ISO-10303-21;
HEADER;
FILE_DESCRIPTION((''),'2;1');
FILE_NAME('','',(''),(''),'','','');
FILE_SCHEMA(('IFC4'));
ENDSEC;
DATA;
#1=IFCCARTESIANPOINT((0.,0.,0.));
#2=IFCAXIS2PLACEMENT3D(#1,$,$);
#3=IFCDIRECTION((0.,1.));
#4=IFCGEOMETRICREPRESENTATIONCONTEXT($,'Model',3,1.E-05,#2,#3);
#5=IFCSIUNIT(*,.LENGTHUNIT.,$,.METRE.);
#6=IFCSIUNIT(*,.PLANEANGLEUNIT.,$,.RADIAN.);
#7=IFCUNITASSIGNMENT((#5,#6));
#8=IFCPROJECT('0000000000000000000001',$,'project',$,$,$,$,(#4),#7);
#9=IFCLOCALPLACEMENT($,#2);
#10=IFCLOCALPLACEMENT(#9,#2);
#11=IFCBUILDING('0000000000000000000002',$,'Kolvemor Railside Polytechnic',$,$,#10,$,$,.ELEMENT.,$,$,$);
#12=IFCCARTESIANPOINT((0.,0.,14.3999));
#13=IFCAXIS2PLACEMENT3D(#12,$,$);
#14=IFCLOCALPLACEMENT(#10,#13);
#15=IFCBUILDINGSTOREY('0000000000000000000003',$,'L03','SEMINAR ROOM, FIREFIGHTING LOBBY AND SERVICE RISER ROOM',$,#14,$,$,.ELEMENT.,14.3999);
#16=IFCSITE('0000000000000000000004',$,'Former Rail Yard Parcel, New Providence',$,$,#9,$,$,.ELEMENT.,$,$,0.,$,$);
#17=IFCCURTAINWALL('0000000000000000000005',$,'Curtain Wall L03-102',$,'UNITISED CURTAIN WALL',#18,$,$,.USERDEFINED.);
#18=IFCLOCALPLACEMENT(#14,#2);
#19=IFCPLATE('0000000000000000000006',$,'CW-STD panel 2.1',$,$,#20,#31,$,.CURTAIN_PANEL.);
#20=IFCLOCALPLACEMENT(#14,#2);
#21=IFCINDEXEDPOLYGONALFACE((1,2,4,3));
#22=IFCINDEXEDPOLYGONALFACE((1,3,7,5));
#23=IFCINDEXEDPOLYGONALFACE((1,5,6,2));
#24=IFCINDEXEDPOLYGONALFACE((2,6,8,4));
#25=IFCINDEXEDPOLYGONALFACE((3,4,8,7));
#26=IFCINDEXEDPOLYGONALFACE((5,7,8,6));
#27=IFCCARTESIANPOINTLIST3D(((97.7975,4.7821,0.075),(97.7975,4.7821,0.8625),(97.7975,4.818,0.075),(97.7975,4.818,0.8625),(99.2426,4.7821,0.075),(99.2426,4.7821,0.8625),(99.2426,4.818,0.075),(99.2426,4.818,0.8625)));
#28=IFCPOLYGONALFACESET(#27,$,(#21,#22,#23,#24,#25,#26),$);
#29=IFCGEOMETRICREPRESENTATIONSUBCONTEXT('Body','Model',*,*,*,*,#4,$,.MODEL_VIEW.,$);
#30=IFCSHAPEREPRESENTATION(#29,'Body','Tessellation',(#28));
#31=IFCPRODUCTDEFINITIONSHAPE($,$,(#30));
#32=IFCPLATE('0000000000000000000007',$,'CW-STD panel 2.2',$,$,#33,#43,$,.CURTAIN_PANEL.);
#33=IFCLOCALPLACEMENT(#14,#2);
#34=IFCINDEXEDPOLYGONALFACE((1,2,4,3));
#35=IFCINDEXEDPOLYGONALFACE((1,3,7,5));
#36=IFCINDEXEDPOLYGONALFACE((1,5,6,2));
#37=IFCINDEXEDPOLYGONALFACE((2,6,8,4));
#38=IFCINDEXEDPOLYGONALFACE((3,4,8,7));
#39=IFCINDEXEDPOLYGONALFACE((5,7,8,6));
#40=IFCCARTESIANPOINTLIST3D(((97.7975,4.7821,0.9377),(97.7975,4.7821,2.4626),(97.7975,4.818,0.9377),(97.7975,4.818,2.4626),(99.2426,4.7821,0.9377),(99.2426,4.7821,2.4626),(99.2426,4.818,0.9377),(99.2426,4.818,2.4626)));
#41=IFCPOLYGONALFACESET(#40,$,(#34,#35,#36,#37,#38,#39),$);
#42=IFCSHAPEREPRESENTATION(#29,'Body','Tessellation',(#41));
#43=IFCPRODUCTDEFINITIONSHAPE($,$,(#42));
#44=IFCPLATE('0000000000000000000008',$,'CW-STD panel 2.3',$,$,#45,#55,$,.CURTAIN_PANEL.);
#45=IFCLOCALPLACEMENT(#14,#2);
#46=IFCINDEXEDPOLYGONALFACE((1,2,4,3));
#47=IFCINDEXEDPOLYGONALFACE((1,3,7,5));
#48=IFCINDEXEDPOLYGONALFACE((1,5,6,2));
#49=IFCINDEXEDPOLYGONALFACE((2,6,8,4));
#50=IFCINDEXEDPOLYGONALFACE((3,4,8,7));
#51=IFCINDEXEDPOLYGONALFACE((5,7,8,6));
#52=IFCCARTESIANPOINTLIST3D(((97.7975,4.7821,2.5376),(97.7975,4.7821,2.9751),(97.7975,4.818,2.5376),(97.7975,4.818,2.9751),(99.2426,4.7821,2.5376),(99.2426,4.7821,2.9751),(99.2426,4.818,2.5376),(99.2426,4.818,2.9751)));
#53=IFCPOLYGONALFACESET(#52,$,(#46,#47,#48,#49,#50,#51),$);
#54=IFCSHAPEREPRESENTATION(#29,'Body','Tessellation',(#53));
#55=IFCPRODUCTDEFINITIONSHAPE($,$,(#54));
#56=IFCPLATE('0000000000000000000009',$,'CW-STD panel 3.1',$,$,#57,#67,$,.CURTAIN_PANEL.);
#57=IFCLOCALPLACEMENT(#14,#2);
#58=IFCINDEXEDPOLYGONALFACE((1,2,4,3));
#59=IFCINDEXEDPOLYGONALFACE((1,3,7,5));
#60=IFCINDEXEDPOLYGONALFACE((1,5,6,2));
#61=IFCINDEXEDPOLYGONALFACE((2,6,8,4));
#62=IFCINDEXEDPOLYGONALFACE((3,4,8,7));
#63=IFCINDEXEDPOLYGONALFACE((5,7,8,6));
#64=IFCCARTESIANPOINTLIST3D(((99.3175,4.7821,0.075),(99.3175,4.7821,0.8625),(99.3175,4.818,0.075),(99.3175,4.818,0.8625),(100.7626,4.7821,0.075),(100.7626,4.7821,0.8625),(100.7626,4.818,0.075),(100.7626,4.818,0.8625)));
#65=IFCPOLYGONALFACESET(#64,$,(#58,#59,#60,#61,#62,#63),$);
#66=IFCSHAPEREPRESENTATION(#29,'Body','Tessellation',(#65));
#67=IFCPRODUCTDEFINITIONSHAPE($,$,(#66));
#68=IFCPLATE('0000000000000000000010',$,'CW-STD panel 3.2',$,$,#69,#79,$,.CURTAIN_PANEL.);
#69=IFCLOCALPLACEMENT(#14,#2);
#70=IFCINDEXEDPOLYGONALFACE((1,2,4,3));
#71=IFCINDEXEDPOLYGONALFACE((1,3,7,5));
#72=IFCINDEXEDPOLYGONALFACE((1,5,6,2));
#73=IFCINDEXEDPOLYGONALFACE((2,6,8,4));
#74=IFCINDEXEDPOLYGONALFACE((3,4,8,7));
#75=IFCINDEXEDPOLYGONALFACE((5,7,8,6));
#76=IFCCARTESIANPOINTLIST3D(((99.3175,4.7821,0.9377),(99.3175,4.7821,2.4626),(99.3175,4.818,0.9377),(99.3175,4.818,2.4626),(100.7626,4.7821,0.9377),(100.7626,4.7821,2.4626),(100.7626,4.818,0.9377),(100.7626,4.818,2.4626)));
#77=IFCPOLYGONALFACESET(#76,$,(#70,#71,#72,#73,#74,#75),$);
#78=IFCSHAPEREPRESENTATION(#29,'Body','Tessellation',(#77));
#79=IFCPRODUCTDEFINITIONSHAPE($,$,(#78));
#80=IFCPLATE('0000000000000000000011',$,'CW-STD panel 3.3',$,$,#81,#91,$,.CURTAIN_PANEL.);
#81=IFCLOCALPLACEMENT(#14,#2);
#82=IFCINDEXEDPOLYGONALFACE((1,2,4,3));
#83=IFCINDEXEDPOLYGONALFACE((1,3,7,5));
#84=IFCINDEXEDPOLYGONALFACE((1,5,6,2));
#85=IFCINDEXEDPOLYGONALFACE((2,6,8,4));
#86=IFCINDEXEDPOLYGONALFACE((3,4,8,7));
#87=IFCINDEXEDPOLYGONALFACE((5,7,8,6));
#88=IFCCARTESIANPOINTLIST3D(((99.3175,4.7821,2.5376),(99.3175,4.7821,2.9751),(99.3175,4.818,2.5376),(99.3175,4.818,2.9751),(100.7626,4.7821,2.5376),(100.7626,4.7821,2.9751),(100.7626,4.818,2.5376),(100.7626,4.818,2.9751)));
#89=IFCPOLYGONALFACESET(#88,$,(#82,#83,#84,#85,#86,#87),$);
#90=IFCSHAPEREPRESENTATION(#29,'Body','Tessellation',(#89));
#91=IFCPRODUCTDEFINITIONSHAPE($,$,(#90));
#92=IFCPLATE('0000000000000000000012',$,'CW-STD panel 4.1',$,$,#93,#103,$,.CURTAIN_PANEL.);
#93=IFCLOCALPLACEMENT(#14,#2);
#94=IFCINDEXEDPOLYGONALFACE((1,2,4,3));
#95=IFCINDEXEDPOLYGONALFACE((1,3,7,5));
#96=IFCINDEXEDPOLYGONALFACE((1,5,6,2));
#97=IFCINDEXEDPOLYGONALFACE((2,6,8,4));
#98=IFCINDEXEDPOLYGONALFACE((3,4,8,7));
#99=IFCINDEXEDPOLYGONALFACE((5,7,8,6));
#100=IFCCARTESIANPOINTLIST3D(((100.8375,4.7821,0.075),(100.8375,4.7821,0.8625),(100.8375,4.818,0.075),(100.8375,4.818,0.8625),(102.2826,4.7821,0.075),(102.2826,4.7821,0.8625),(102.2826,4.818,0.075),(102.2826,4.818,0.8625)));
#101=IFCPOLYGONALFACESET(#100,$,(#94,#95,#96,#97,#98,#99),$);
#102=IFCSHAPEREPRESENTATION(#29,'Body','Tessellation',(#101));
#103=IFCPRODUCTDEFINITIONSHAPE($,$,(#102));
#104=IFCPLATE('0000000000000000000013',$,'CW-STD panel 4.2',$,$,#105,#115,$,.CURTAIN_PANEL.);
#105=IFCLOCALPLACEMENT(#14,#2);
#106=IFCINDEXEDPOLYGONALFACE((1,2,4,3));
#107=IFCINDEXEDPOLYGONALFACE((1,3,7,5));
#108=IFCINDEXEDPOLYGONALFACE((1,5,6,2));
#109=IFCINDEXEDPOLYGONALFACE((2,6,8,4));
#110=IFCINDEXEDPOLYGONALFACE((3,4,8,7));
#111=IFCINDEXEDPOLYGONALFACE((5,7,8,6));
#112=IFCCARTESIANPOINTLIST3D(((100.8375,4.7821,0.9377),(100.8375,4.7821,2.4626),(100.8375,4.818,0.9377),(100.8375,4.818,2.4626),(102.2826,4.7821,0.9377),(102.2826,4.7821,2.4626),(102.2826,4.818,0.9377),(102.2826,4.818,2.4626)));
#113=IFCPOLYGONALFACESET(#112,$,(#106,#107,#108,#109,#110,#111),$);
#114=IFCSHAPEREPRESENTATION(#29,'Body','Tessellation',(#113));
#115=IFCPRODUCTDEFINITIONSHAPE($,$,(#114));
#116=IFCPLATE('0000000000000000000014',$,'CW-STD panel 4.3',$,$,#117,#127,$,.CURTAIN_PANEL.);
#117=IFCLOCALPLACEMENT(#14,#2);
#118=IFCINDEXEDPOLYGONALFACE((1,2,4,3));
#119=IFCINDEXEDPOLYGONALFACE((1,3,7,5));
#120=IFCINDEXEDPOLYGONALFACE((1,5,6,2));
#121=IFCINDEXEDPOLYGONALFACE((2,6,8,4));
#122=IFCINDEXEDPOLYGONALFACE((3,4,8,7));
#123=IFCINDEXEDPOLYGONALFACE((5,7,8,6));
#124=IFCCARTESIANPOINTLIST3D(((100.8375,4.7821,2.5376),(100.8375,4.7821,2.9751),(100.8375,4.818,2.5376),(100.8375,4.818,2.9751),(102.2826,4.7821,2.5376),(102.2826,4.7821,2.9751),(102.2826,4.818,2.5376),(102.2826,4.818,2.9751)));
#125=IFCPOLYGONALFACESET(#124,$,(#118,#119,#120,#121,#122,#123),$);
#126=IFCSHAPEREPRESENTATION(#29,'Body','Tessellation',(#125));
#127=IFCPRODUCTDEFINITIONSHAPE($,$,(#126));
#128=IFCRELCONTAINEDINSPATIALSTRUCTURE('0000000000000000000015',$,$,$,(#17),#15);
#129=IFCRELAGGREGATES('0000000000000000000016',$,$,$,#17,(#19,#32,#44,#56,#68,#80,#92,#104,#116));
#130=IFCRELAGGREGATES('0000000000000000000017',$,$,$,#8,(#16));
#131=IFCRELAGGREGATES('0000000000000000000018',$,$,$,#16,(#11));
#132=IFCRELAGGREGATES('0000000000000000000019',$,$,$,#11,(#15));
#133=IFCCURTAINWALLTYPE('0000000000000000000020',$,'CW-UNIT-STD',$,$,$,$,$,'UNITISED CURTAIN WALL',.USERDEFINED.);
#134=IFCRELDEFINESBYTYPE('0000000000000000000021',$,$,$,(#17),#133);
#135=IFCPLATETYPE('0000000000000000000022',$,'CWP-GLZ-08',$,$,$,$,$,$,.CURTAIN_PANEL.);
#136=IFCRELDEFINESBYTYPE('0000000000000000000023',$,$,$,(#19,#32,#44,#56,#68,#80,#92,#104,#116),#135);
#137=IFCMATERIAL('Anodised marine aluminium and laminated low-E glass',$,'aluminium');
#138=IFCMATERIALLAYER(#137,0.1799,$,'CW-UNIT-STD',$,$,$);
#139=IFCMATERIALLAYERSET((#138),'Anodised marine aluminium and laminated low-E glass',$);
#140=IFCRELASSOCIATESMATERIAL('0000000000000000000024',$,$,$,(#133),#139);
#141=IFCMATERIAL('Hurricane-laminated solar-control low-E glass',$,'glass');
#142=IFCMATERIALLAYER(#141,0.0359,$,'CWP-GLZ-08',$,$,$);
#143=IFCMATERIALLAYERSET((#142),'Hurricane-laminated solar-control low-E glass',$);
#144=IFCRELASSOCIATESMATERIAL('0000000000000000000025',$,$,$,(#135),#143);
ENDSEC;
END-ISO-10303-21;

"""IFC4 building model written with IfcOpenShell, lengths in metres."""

from ifc_helpers import new_model, si_unit, direction, frame, origin, origin_2d, place, context, subcontext, project, spatial, rectangle, extrude, material, layer, layer_set, type_object, element, aggregate, save


model = new_model("IFC4")

# Units and contexts
model_context = context("Model", 3, precision=1e-05, world=origin(), true_north=direction((0.0, 1.0)))
body_context = subcontext(model_context, "Body", "Model", "MODEL_VIEW")
ifc_project = project(units=[si_unit("LENGTHUNIT", "METRE"), si_unit("PLANEANGLEUNIT", "RADIAN")], contexts=[model_context])

# Site, building, storey
site_placement = place(None, origin())
site = spatial("IfcSite", under=ifc_project, at=site_placement, Name="Former Rail Yard Parcel, New Providence", CompositionType="ELEMENT", RefElevation=0.0)
building_placement = place(site_placement, origin())
building = spatial("IfcBuilding", under=site, at=building_placement, Name="Kolvemor Railside Polytechnic", CompositionType="ELEMENT")
storey_placement = place(building_placement, frame((0.0, 0.0, 14.3999)))
storey = spatial("IfcBuildingStorey", under=building, at=storey_placement, Name="L03", Description="SEMINAR ROOM, FIREFIGHTING LOBBY AND SERVICE RISER ROOM", CompositionType="ELEMENT", Elevation=14.3999)

# Curtain wall, plates
ifc_material_1 = material(Name="Anodised marine aluminium and laminated low-E glass", Category="aluminium")
ifc_layer_1 = layer(ifc_material_1, 0.1799, Name="CW-UNIT-STD")
ifc_layer_set_1 = layer_set([ifc_layer_1], Name="Anodised marine aluminium and laminated low-E glass")
curtain_wall_type = type_object("IfcCurtainWallType", Name="CW-UNIT-STD", ElementType="UNITISED CURTAIN WALL", PredefinedType="USERDEFINED", material=ifc_layer_set_1)
curtain_wall_placement = place(storey_placement, origin())
curtain_wall = element("IfcCurtainWall", 1, at=curtain_wall_placement, inside=storey, type_object=curtain_wall_type, Name="Curtain Wall L03-102", ObjectType="UNITISED CURTAIN WALL", PredefinedType="USERDEFINED")
ifc_material_2 = material(Name="Hurricane-laminated solar-control low-E glass", Category="glass")
ifc_layer_2 = layer(ifc_material_2, 0.0359, Name="CWP-GLZ-08")
ifc_layer_set_2 = layer_set([ifc_layer_2], Name="Hurricane-laminated solar-control low-E glass")
plate_type = type_object("IfcPlateType", Name="CWP-GLZ-08", PredefinedType="CURTAIN_PANEL", material=ifc_layer_set_2)
plate_1_placement = place(storey_placement, frame((98.52, 4.8, 0.075), z_axis=(0.0, 0.0, 1.0), x_axis=(1.0, 0.0, 0.0)))
plate_1 = element("IfcPlate", 2, at=plate_1_placement, type_object=plate_type, Name="CW-STD panel 2.1", PredefinedType="CURTAIN_PANEL", context=body_context, shape_type="SweptSolid", body=[
    extrude(rectangle(XDim=1.4451, YDim=0.0359, at=origin_2d()), origin(), (0.0, 0.0, 1.0), 0.7876),
])
plate_2_placement = place(storey_placement, frame((98.52, 4.8, 0.9377), z_axis=(0.0, 0.0, 1.0), x_axis=(1.0, 0.0, 0.0)))
plate_2 = element("IfcPlate", 3, at=plate_2_placement, type_object=plate_type, Name="CW-STD panel 2.2", PredefinedType="CURTAIN_PANEL", context=body_context, shape_type="SweptSolid", body=[
    extrude(rectangle(XDim=1.4451, YDim=0.0359, at=origin_2d()), origin(), (0.0, 0.0, 1.0), 1.5249),
])
plate_3_placement = place(storey_placement, frame((98.52, 4.8, 2.5376), z_axis=(0.0, 0.0, 1.0), x_axis=(1.0, 0.0, 0.0)))
plate_3 = element("IfcPlate", 4, at=plate_3_placement, type_object=plate_type, Name="CW-STD panel 2.3", PredefinedType="CURTAIN_PANEL", context=body_context, shape_type="SweptSolid", body=[
    extrude(rectangle(XDim=1.4451, YDim=0.0359, at=origin_2d()), origin(), (0.0, 0.0, 1.0), 0.4375),
])
plate_4_placement = place(storey_placement, frame((100.04, 4.8, 0.075), z_axis=(0.0, 0.0, 1.0), x_axis=(1.0, 0.0, 0.0)))
plate_4 = element("IfcPlate", 5, at=plate_4_placement, type_object=plate_type, Name="CW-STD panel 3.1", PredefinedType="CURTAIN_PANEL", context=body_context, shape_type="SweptSolid", body=[
    extrude(rectangle(XDim=1.4451, YDim=0.0359, at=origin_2d()), origin(), (0.0, 0.0, 1.0), 0.7876),
])
plate_5_placement = place(storey_placement, frame((100.04, 4.8, 0.9377), z_axis=(0.0, 0.0, 1.0), x_axis=(1.0, 0.0, 0.0)))
plate_5 = element("IfcPlate", 6, at=plate_5_placement, type_object=plate_type, Name="CW-STD panel 3.2", PredefinedType="CURTAIN_PANEL", context=body_context, shape_type="SweptSolid", body=[
    extrude(rectangle(XDim=1.4451, YDim=0.0359, at=origin_2d()), origin(), (0.0, 0.0, 1.0), 1.5249),
])
plate_6_placement = place(storey_placement, frame((100.04, 4.8, 2.5376), z_axis=(0.0, 0.0, 1.0), x_axis=(1.0, 0.0, 0.0)))
plate_6 = element("IfcPlate", 7, at=plate_6_placement, type_object=plate_type, Name="CW-STD panel 3.3", PredefinedType="CURTAIN_PANEL", context=body_context, shape_type="SweptSolid", body=[
    extrude(rectangle(XDim=1.4451, YDim=0.0359, at=origin_2d()), origin(), (0.0, 0.0, 1.0), 0.4375),
])
plate_7_placement = place(storey_placement, frame((101.5601, 4.8, 0.075), z_axis=(0.0, 0.0, 1.0), x_axis=(1.0, 0.0, 0.0)))
plate_7 = element("IfcPlate", 8, at=plate_7_placement, type_object=plate_type, Name="CW-STD panel 4.1", PredefinedType="CURTAIN_PANEL", context=body_context, shape_type="SweptSolid", body=[
    extrude(rectangle(XDim=1.4451, YDim=0.0359, at=origin_2d()), origin(), (0.0, 0.0, 1.0), 0.7876),
])
plate_8_placement = place(storey_placement, frame((101.5601, 4.8, 0.9377), z_axis=(0.0, 0.0, 1.0), x_axis=(1.0, 0.0, 0.0)))
plate_8 = element("IfcPlate", 9, at=plate_8_placement, type_object=plate_type, Name="CW-STD panel 4.2", PredefinedType="CURTAIN_PANEL", context=body_context, shape_type="SweptSolid", body=[
    extrude(rectangle(XDim=1.4451, YDim=0.0359, at=origin_2d()), origin(), (0.0, 0.0, 1.0), 1.5249),
])
plate_9_placement = place(storey_placement, frame((101.5601, 4.8, 2.5376), z_axis=(0.0, 0.0, 1.0), x_axis=(1.0, 0.0, 0.0)))
plate_9 = element("IfcPlate", 10, at=plate_9_placement, type_object=plate_type, Name="CW-STD panel 4.3", PredefinedType="CURTAIN_PANEL", context=body_context, shape_type="SweptSolid", body=[
    extrude(rectangle(XDim=1.4451, YDim=0.0359, at=origin_2d()), origin(), (0.0, 0.0, 1.0), 0.4375),
])
aggregate(curtain_wall, [plate_1, plate_2, plate_3, plate_4, plate_5, plate_6, plate_7, plate_8, plate_9])

save(model, "model.ifc")
